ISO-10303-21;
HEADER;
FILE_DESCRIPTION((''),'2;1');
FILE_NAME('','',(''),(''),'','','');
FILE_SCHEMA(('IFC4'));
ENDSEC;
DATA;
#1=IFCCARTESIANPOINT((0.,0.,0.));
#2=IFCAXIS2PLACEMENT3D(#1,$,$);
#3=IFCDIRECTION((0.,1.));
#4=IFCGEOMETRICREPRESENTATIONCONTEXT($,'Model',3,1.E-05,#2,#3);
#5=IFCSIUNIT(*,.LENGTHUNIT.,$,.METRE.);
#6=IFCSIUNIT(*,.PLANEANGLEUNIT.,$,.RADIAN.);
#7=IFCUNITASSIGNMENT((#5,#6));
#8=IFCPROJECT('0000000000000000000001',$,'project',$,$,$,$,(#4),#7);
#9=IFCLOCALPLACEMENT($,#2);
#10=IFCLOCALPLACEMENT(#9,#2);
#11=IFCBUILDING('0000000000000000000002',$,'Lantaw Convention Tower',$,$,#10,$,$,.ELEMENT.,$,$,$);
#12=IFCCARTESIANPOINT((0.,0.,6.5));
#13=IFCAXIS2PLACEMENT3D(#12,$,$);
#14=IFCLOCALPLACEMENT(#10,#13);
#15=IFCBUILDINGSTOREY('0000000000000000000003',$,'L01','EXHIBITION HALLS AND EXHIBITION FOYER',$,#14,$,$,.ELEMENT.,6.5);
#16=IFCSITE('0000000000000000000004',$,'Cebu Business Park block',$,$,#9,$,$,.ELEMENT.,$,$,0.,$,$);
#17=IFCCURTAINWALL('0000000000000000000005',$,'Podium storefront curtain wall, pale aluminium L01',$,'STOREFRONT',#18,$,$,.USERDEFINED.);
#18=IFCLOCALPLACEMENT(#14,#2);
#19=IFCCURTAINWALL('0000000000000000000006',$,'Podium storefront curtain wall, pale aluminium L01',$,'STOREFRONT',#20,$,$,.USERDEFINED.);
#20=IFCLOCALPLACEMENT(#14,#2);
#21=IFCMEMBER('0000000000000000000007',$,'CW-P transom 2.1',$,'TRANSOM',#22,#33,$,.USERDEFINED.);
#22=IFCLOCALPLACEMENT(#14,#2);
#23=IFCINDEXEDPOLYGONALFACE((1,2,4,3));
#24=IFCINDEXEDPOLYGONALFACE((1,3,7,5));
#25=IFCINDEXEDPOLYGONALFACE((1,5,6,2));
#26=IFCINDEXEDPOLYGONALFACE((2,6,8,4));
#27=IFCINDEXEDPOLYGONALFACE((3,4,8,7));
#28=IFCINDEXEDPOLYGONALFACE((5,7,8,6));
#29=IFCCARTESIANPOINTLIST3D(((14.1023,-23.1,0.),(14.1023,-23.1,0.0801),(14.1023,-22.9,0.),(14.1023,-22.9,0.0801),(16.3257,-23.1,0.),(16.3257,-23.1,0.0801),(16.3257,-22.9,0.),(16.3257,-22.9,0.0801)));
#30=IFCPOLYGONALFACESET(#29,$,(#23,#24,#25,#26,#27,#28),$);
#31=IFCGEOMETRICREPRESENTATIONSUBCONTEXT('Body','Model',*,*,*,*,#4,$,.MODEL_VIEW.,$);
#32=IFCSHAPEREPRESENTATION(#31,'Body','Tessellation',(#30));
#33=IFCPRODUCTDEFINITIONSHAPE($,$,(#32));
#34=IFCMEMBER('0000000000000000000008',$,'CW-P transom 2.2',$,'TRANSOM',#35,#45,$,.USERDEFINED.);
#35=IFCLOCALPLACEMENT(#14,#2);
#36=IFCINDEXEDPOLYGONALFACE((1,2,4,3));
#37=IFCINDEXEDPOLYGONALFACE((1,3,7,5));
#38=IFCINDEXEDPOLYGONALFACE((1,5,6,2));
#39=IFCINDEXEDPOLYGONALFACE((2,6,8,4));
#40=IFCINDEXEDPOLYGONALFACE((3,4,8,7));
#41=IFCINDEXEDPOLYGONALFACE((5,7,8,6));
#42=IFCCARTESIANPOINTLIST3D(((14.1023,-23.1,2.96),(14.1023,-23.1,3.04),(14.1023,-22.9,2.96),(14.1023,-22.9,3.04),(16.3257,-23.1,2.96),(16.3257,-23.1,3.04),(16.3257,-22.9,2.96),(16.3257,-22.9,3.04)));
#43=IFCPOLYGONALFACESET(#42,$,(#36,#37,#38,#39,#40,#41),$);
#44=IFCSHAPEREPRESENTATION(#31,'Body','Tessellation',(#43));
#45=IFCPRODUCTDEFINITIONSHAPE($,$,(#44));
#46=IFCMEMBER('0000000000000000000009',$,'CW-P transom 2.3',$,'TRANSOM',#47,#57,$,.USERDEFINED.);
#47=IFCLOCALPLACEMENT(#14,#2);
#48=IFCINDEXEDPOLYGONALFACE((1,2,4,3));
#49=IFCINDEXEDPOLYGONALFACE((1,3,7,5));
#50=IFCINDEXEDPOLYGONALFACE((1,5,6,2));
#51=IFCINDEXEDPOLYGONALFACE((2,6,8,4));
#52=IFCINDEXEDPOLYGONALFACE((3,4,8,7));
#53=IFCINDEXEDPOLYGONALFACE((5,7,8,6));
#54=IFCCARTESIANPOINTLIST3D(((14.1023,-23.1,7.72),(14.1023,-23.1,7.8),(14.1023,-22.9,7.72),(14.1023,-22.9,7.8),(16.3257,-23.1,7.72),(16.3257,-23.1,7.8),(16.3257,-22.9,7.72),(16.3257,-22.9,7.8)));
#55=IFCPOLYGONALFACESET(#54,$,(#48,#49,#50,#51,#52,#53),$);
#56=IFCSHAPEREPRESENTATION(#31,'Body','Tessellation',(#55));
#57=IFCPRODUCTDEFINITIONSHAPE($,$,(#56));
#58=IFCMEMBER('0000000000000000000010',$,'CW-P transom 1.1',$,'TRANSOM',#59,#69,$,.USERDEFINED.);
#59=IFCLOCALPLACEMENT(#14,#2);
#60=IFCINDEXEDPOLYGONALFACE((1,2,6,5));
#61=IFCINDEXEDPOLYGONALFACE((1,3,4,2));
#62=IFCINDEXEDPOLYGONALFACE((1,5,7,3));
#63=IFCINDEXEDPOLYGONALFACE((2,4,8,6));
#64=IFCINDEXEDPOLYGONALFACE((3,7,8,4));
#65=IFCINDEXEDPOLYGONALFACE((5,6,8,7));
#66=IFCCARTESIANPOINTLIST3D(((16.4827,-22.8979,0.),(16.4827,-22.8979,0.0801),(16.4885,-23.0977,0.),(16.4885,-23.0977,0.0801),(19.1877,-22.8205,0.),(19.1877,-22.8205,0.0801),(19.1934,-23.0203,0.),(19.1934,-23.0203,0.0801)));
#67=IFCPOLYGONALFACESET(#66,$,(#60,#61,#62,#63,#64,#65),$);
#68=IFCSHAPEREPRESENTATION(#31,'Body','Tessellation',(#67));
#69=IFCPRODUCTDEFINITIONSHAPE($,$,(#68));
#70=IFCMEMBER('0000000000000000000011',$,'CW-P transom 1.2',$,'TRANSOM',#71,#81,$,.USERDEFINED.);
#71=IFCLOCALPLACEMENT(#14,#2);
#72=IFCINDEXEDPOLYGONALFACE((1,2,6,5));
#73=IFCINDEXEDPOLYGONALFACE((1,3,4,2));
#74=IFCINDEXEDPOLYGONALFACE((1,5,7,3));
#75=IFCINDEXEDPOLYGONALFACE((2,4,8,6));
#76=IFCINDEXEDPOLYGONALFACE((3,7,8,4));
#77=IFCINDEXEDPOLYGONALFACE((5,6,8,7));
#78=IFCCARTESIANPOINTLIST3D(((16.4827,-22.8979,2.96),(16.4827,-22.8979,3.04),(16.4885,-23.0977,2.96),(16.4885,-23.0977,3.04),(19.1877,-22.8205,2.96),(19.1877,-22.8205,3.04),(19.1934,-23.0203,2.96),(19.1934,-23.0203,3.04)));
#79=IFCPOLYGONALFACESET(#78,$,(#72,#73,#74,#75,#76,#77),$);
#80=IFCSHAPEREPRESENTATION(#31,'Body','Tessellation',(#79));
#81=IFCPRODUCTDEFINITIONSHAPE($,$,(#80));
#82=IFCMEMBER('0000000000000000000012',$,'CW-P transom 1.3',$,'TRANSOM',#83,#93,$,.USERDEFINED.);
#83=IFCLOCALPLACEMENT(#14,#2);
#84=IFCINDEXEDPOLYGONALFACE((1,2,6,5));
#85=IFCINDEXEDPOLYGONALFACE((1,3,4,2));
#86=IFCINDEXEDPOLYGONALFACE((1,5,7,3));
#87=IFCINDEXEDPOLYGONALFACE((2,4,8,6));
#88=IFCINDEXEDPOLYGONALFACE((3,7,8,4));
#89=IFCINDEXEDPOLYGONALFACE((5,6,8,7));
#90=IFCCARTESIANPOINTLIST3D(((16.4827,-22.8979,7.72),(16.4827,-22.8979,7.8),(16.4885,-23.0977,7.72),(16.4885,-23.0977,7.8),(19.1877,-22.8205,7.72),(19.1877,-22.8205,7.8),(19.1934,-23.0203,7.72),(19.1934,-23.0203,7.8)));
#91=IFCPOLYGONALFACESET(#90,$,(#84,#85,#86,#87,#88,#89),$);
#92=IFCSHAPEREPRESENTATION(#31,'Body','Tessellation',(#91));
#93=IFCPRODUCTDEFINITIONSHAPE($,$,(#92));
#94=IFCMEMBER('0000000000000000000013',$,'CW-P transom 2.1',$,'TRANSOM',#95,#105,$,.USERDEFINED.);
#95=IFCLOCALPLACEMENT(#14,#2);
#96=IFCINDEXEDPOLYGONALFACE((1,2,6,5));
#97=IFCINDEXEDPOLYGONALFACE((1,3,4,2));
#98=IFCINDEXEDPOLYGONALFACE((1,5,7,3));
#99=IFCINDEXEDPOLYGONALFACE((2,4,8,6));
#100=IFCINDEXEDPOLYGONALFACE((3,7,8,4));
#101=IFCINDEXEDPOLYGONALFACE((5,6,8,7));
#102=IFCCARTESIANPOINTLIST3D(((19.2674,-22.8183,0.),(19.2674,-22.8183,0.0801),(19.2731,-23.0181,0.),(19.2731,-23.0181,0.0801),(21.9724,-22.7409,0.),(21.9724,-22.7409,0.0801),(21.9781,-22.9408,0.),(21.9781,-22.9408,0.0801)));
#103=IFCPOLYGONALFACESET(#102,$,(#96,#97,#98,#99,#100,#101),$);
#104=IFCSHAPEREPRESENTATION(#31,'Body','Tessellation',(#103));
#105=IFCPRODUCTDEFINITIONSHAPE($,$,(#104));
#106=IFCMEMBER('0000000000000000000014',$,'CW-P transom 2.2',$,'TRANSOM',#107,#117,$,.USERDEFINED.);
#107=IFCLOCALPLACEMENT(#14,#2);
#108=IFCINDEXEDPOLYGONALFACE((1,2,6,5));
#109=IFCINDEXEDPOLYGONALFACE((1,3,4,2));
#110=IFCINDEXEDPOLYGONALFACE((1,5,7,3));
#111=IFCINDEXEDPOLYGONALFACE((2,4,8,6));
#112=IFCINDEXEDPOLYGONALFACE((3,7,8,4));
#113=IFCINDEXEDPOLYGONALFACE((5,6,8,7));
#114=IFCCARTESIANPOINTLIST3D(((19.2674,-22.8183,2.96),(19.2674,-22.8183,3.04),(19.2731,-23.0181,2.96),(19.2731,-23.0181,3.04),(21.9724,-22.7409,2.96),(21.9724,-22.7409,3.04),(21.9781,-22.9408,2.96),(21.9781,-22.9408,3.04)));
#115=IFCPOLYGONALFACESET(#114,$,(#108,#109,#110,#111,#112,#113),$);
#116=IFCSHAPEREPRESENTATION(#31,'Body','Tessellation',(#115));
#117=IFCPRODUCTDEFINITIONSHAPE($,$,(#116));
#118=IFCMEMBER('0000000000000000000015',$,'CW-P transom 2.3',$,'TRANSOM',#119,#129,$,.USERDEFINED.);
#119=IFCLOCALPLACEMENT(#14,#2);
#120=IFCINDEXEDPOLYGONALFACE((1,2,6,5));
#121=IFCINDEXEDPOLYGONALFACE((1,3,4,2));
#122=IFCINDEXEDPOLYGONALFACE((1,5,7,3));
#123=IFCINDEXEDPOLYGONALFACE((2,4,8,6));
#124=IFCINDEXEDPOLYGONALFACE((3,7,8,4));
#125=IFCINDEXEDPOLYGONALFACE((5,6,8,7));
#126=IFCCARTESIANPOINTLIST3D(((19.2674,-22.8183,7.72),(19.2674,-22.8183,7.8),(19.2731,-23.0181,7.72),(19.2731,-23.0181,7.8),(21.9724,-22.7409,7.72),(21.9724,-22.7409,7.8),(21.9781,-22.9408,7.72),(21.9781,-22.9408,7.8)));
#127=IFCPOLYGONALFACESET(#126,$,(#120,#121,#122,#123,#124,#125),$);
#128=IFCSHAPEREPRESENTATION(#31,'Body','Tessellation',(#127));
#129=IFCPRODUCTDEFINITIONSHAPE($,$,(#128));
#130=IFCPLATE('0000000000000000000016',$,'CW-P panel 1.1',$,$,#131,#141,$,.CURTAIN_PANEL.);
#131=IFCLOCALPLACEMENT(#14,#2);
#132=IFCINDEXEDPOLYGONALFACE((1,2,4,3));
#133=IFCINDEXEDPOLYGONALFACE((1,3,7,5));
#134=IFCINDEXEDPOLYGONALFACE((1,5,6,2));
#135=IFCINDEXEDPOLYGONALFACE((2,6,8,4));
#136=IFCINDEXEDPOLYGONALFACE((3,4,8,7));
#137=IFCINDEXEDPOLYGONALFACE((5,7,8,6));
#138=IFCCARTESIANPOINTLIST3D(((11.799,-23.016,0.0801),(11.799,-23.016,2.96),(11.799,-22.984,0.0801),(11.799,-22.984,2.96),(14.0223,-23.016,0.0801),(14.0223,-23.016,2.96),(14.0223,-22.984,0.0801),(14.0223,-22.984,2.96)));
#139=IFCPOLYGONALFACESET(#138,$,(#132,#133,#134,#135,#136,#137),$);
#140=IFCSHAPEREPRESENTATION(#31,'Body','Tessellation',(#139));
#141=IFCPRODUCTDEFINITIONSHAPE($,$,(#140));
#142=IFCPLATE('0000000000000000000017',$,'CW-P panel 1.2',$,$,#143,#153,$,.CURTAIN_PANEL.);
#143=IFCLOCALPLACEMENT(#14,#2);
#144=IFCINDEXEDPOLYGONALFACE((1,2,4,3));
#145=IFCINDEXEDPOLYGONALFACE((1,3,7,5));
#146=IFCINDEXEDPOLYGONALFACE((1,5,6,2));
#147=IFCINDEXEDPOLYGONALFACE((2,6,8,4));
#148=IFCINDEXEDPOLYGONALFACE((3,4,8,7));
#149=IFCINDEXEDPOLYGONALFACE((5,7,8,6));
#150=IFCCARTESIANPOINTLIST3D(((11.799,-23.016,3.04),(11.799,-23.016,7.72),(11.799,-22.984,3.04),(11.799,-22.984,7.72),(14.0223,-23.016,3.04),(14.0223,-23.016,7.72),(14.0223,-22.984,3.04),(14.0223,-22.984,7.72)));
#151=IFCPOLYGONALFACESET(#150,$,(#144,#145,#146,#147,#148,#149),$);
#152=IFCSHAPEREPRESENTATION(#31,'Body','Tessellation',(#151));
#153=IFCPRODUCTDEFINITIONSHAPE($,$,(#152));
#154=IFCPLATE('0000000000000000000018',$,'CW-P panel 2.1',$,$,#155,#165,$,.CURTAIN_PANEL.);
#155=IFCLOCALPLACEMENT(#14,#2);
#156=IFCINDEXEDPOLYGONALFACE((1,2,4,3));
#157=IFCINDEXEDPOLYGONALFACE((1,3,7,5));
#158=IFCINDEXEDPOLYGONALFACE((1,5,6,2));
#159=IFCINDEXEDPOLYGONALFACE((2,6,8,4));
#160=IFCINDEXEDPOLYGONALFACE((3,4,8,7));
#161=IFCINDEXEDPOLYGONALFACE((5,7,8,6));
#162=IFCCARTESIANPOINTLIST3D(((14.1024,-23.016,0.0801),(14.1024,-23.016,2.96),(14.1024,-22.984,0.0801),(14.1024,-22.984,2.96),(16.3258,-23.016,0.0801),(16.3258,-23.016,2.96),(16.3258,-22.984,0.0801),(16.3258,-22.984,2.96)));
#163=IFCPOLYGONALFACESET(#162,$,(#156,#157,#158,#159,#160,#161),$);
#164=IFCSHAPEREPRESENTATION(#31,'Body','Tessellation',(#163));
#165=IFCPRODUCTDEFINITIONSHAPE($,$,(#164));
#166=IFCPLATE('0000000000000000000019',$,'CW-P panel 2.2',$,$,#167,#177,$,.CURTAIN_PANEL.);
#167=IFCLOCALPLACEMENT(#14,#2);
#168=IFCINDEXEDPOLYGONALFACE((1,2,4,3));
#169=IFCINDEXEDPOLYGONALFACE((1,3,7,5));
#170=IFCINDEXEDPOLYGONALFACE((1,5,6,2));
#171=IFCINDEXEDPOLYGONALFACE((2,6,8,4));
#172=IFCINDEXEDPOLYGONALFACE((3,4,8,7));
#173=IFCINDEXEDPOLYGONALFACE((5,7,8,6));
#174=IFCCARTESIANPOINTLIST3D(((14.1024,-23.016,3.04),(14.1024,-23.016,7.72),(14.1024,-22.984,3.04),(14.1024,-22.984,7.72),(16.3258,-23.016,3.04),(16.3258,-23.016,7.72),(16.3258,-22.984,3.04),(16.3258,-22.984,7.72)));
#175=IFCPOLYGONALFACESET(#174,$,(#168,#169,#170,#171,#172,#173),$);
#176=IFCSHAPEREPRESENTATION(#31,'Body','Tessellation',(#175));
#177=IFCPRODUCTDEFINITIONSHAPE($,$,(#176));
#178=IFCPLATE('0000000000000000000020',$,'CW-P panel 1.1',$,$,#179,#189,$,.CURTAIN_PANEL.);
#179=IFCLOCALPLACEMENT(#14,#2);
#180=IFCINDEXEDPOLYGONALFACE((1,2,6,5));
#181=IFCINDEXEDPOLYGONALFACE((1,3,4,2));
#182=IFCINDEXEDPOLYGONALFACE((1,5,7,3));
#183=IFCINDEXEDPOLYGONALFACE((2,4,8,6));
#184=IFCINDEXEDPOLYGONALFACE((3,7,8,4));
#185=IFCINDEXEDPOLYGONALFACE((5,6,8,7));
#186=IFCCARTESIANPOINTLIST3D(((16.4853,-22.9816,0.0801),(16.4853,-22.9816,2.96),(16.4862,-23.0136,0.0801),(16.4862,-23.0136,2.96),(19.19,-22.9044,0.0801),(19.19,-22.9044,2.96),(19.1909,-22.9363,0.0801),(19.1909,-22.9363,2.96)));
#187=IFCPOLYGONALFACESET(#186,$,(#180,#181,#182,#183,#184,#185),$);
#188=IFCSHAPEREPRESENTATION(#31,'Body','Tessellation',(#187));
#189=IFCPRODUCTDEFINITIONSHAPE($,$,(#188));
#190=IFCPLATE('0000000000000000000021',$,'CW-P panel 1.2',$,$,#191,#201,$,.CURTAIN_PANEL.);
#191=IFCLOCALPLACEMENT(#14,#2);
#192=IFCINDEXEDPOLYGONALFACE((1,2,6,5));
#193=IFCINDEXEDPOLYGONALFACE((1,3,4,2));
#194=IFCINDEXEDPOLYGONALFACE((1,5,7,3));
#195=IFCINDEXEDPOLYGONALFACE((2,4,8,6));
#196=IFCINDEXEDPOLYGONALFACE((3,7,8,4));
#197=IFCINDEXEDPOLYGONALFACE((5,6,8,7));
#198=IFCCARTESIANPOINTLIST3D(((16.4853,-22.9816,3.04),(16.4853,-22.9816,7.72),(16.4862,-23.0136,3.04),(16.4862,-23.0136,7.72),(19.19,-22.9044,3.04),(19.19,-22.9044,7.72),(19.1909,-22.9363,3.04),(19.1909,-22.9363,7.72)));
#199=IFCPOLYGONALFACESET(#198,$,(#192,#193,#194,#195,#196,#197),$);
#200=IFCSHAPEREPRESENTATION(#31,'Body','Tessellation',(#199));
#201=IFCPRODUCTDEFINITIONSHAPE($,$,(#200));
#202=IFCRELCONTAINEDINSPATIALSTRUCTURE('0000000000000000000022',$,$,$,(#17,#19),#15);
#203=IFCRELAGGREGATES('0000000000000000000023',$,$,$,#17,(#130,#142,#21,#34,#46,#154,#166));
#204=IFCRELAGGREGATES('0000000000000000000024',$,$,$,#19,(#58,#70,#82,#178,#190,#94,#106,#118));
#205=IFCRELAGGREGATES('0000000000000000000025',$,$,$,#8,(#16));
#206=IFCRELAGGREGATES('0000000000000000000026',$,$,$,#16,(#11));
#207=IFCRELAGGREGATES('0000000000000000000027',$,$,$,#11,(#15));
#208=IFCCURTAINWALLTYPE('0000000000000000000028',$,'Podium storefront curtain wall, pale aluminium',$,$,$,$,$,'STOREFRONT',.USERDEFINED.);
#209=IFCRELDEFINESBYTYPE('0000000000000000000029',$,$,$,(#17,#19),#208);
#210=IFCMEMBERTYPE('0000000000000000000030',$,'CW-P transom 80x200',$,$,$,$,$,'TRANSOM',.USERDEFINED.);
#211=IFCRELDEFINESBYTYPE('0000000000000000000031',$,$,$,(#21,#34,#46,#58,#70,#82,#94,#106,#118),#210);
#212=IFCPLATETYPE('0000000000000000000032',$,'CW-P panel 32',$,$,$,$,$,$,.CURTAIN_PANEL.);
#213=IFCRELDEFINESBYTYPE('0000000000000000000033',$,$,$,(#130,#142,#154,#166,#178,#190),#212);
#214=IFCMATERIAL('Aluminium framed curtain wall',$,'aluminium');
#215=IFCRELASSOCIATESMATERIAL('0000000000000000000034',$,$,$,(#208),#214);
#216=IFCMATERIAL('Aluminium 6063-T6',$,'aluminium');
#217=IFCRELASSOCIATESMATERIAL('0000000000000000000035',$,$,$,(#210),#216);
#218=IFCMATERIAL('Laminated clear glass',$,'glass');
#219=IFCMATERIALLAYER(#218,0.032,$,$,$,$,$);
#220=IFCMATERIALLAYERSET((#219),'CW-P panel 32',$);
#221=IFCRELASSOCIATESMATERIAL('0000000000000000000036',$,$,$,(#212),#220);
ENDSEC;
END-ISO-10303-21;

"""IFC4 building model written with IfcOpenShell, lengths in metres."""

from ifc_helpers import new_model, si_unit, direction, frame, origin, origin_2d, place, context, subcontext, project, spatial, rectangle, extrude, material, layer, layer_set, material_profile, profile_set, type_object, element, aggregate, save


model = new_model("IFC4")

# Units and contexts
model_context = context("Model", 3, precision=1e-05, world=origin(), true_north=direction((0.0, 1.0)))
body_context = subcontext(model_context, "Body", "Model", "MODEL_VIEW")
ifc_project = project(units=[si_unit("LENGTHUNIT", "METRE"), si_unit("PLANEANGLEUNIT", "RADIAN")], contexts=[model_context])

# Site, building, storey
site_placement = place(None, origin())
site = spatial("IfcSite", under=ifc_project, at=site_placement, Name="Cebu Business Park block", CompositionType="ELEMENT", RefElevation=0.0)
building_placement = place(site_placement, origin())
building = spatial("IfcBuilding", under=site, at=building_placement, Name="Lantaw Convention Tower", CompositionType="ELEMENT")
storey_placement = place(building_placement, frame((0.0, 0.0, 6.5)))
storey = spatial("IfcBuildingStorey", under=building, at=storey_placement, Name="L01", Description="EXHIBITION HALLS AND EXHIBITION FOYER", CompositionType="ELEMENT", Elevation=6.5)

# Curtain walls
ifc_material_1 = material(Name="Aluminium framed curtain wall", Category="aluminium")
curtain_wall_type = type_object("IfcCurtainWallType", Name="Podium storefront curtain wall, pale aluminium", ElementType="STOREFRONT", PredefinedType="USERDEFINED", material=ifc_material_1)
curtain_wall_1_placement = place(storey_placement, origin())
curtain_wall_1 = element("IfcCurtainWall", 1, at=curtain_wall_1_placement, inside=storey, type_object=curtain_wall_type, Name="Podium storefront curtain wall, pale aluminium L01", ObjectType="STOREFRONT", PredefinedType="USERDEFINED")
ifc_material_2 = material(Name="Aluminium 6063-T6", Category="aluminium")
curtain_wall_2_placement = place(storey_placement, origin())
curtain_wall_2 = element("IfcCurtainWall", 2, at=curtain_wall_2_placement, inside=storey, type_object=curtain_wall_type, Name="Podium storefront curtain wall, pale aluminium L01", ObjectType="STOREFRONT", PredefinedType="USERDEFINED")

# Members
ifc_material_profile_1 = material_profile(ifc_material_2, rectangle(XDim=0.2, YDim=0.0801, at=origin_2d()), Name="CW-P transom 80x200")
ifc_profile_set_1 = profile_set([ifc_material_profile_1], Name="Aluminium 6063-T6")
member_type_1 = type_object("IfcMemberType", Name="CW-P transom 80x200", ElementType="TRANSOM", PredefinedType="USERDEFINED", material=ifc_profile_set_1)
member_1_placement = place(storey_placement, frame((14.1023, -23.0, 0.04), z_axis=(1.0, 0.0, 0.0), x_axis=(0.0, 1.0, 0.0)))
member_1 = element("IfcMember", 3, at=member_1_placement, type_object=member_type_1, Name="CW-P transom 2.1", ObjectType="TRANSOM", PredefinedType="USERDEFINED", context=body_context, shape_type="SweptSolid", body=[
    extrude(rectangle(XDim=0.2, YDim=0.0801, at=origin_2d()), origin(), (0.0, 0.0, 1.0), 2.2234),
])
member_2_placement = place(storey_placement, frame((14.1023, -23.0, 3.0), z_axis=(1.0, 0.0, 0.0), x_axis=(0.0, 1.0, 0.0)))
member_2 = element("IfcMember", 4, at=member_2_placement, type_object=member_type_1, Name="CW-P transom 2.2", ObjectType="TRANSOM", PredefinedType="USERDEFINED", context=body_context, shape_type="SweptSolid", body=[
    extrude(rectangle(XDim=0.2, YDim=0.0801, at=origin_2d()), origin(), (0.0, 0.0, 1.0), 2.2234),
])
member_3_placement = place(storey_placement, frame((14.1023, -23.0, 7.76), z_axis=(1.0, 0.0, 0.0), x_axis=(0.0, 1.0, 0.0)))
member_3 = element("IfcMember", 5, at=member_3_placement, type_object=member_type_1, Name="CW-P transom 2.3", ObjectType="TRANSOM", PredefinedType="USERDEFINED", context=body_context, shape_type="SweptSolid", body=[
    extrude(rectangle(XDim=0.2, YDim=0.0801, at=origin_2d()), origin(), (0.0, 0.0, 1.0), 2.2234),
])
member_4_placement = place(storey_placement, frame((16.4856, -22.9978, 0.04), z_axis=(0.999591, 0.028601, 0.0), x_axis=(-0.028601, 0.999591, 0.0)))
member_4 = element("IfcMember", 6, at=member_4_placement, type_object=member_type_1, Name="CW-P transom 1.1", ObjectType="TRANSOM", PredefinedType="USERDEFINED", context=body_context, shape_type="SweptSolid", body=[
    extrude(rectangle(XDim=0.2, YDim=0.0801, at=origin_2d()), origin(), (0.0, 0.0, 1.0), 2.7061),
])
member_5_placement = place(storey_placement, frame((16.4856, -22.9978, 3.0), z_axis=(0.999591, 0.028601, 0.0), x_axis=(-0.028601, 0.999591, 0.0)))
member_5 = element("IfcMember", 7, at=member_5_placement, type_object=member_type_1, Name="CW-P transom 1.2", ObjectType="TRANSOM", PredefinedType="USERDEFINED", context=body_context, shape_type="SweptSolid", body=[
    extrude(rectangle(XDim=0.2, YDim=0.0801, at=origin_2d()), origin(), (0.0, 0.0, 1.0), 2.7061),
])
member_6_placement = place(storey_placement, frame((16.4856, -22.9978, 7.76), z_axis=(0.999591, 0.028601, 0.0), x_axis=(-0.028601, 0.999591, 0.0)))
member_6 = element("IfcMember", 8, at=member_6_placement, type_object=member_type_1, Name="CW-P transom 1.3", ObjectType="TRANSOM", PredefinedType="USERDEFINED", context=body_context, shape_type="SweptSolid", body=[
    extrude(rectangle(XDim=0.2, YDim=0.0801, at=origin_2d()), origin(), (0.0, 0.0, 1.0), 2.7061),
])
member_7_placement = place(storey_placement, frame((19.2703, -22.9182, 0.04), z_axis=(0.999591, 0.028601, 0.0), x_axis=(-0.028601, 0.999591, 0.0)))
member_7 = element("IfcMember", 9, at=member_7_placement, type_object=member_type_1, Name="CW-P transom 2.1", ObjectType="TRANSOM", PredefinedType="USERDEFINED", context=body_context, shape_type="SweptSolid", body=[
    extrude(rectangle(XDim=0.2, YDim=0.0801, at=origin_2d()), origin(), (0.0, 0.0, 1.0), 2.7061),
])
member_8_placement = place(storey_placement, frame((19.2703, -22.9182, 3.0), z_axis=(0.999591, 0.028601, 0.0), x_axis=(-0.028601, 0.999591, 0.0)))
member_8 = element("IfcMember", 10, at=member_8_placement, type_object=member_type_1, Name="CW-P transom 2.2", ObjectType="TRANSOM", PredefinedType="USERDEFINED", context=body_context, shape_type="SweptSolid", body=[
    extrude(rectangle(XDim=0.2, YDim=0.0801, at=origin_2d()), origin(), (0.0, 0.0, 1.0), 2.7061),
])
member_9_placement = place(storey_placement, frame((19.2703, -22.9182, 7.76), z_axis=(0.999591, 0.028601, 0.0), x_axis=(-0.028601, 0.999591, 0.0)))
member_9 = element("IfcMember", 11, at=member_9_placement, type_object=member_type_1, Name="CW-P transom 2.3", ObjectType="TRANSOM", PredefinedType="USERDEFINED", context=body_context, shape_type="SweptSolid", body=[
    extrude(rectangle(XDim=0.2, YDim=0.0801, at=origin_2d()), origin(), (0.0, 0.0, 1.0), 2.7061),
])

# Plates
ifc_material_3 = material(Name="Laminated clear glass", Category="glass")
ifc_layer = layer(ifc_material_3, 0.032)
ifc_layer_set = layer_set([ifc_layer], Name="CW-P panel 32")
plate_type = type_object("IfcPlateType", Name="CW-P panel 32", PredefinedType="CURTAIN_PANEL", material=ifc_layer_set)
plate_1_placement = place(storey_placement, frame((12.9106, -23.0, 0.0801), z_axis=(0.0, 0.0, 1.0), x_axis=(1.0, 0.0, 0.0)))
plate_1 = element("IfcPlate", 12, at=plate_1_placement, type_object=plate_type, Name="CW-P panel 1.1", PredefinedType="CURTAIN_PANEL", context=body_context, shape_type="SweptSolid", body=[
    extrude(rectangle(XDim=2.2234, YDim=0.032, at=origin_2d()), origin(), (0.0, 0.0, 1.0), 2.8799),
])
plate_2_placement = place(storey_placement, frame((12.9106, -23.0, 3.04), z_axis=(0.0, 0.0, 1.0), x_axis=(1.0, 0.0, 0.0)))
plate_2 = element("IfcPlate", 13, at=plate_2_placement, type_object=plate_type, Name="CW-P panel 1.2", PredefinedType="CURTAIN_PANEL", context=body_context, shape_type="SweptSolid", body=[
    extrude(rectangle(XDim=2.2234, YDim=0.032, at=origin_2d()), origin(), (0.0, 0.0, 1.0), 4.6799),
])
plate_3_placement = place(storey_placement, frame((15.2141, -23.0, 0.0801), z_axis=(0.0, 0.0, 1.0), x_axis=(1.0, 0.0, 0.0)))
plate_3 = element("IfcPlate", 14, at=plate_3_placement, type_object=plate_type, Name="CW-P panel 2.1", PredefinedType="CURTAIN_PANEL", context=body_context, shape_type="SweptSolid", body=[
    extrude(rectangle(XDim=2.2234, YDim=0.032, at=origin_2d()), origin(), (0.0, 0.0, 1.0), 2.8799),
])
plate_4_placement = place(storey_placement, frame((15.2141, -23.0, 3.04), z_axis=(0.0, 0.0, 1.0), x_axis=(1.0, 0.0, 0.0)))
plate_4 = element("IfcPlate", 15, at=plate_4_placement, type_object=plate_type, Name="CW-P panel 2.2", PredefinedType="CURTAIN_PANEL", context=body_context, shape_type="SweptSolid", body=[
    extrude(rectangle(XDim=2.2234, YDim=0.032, at=origin_2d()), origin(), (0.0, 0.0, 1.0), 4.6799),
])
aggregate(curtain_wall_1, [plate_1, plate_2, member_1, member_2, member_3, plate_3, plate_4])
plate_5_placement = place(storey_placement, frame((17.8381, -22.959, 0.0801), z_axis=(0.0, 0.0, 1.0), x_axis=(0.999592, 0.028552, 0.0)))
plate_5 = element("IfcPlate", 16, at=plate_5_placement, type_object=plate_type, Name="CW-P panel 1.1", PredefinedType="CURTAIN_PANEL", context=body_context, shape_type="SweptSolid", body=[
    extrude(rectangle(XDim=2.7058, YDim=0.032, at=origin_2d()), origin(), (0.0, 0.0, 1.0), 2.8799),
])
plate_6_placement = place(storey_placement, frame((17.8381, -22.959, 3.04), z_axis=(0.0, 0.0, 1.0), x_axis=(0.999592, 0.028552, 0.0)))
plate_6 = element("IfcPlate", 17, at=plate_6_placement, type_object=plate_type, Name="CW-P panel 1.2", PredefinedType="CURTAIN_PANEL", context=body_context, shape_type="SweptSolid", body=[
    extrude(rectangle(XDim=2.7058, YDim=0.032, at=origin_2d()), origin(), (0.0, 0.0, 1.0), 4.6799),
])
aggregate(curtain_wall_2, [member_4, member_5, member_6, plate_5, plate_6, member_7, member_8, member_9])

save(model, "model.ifc")
